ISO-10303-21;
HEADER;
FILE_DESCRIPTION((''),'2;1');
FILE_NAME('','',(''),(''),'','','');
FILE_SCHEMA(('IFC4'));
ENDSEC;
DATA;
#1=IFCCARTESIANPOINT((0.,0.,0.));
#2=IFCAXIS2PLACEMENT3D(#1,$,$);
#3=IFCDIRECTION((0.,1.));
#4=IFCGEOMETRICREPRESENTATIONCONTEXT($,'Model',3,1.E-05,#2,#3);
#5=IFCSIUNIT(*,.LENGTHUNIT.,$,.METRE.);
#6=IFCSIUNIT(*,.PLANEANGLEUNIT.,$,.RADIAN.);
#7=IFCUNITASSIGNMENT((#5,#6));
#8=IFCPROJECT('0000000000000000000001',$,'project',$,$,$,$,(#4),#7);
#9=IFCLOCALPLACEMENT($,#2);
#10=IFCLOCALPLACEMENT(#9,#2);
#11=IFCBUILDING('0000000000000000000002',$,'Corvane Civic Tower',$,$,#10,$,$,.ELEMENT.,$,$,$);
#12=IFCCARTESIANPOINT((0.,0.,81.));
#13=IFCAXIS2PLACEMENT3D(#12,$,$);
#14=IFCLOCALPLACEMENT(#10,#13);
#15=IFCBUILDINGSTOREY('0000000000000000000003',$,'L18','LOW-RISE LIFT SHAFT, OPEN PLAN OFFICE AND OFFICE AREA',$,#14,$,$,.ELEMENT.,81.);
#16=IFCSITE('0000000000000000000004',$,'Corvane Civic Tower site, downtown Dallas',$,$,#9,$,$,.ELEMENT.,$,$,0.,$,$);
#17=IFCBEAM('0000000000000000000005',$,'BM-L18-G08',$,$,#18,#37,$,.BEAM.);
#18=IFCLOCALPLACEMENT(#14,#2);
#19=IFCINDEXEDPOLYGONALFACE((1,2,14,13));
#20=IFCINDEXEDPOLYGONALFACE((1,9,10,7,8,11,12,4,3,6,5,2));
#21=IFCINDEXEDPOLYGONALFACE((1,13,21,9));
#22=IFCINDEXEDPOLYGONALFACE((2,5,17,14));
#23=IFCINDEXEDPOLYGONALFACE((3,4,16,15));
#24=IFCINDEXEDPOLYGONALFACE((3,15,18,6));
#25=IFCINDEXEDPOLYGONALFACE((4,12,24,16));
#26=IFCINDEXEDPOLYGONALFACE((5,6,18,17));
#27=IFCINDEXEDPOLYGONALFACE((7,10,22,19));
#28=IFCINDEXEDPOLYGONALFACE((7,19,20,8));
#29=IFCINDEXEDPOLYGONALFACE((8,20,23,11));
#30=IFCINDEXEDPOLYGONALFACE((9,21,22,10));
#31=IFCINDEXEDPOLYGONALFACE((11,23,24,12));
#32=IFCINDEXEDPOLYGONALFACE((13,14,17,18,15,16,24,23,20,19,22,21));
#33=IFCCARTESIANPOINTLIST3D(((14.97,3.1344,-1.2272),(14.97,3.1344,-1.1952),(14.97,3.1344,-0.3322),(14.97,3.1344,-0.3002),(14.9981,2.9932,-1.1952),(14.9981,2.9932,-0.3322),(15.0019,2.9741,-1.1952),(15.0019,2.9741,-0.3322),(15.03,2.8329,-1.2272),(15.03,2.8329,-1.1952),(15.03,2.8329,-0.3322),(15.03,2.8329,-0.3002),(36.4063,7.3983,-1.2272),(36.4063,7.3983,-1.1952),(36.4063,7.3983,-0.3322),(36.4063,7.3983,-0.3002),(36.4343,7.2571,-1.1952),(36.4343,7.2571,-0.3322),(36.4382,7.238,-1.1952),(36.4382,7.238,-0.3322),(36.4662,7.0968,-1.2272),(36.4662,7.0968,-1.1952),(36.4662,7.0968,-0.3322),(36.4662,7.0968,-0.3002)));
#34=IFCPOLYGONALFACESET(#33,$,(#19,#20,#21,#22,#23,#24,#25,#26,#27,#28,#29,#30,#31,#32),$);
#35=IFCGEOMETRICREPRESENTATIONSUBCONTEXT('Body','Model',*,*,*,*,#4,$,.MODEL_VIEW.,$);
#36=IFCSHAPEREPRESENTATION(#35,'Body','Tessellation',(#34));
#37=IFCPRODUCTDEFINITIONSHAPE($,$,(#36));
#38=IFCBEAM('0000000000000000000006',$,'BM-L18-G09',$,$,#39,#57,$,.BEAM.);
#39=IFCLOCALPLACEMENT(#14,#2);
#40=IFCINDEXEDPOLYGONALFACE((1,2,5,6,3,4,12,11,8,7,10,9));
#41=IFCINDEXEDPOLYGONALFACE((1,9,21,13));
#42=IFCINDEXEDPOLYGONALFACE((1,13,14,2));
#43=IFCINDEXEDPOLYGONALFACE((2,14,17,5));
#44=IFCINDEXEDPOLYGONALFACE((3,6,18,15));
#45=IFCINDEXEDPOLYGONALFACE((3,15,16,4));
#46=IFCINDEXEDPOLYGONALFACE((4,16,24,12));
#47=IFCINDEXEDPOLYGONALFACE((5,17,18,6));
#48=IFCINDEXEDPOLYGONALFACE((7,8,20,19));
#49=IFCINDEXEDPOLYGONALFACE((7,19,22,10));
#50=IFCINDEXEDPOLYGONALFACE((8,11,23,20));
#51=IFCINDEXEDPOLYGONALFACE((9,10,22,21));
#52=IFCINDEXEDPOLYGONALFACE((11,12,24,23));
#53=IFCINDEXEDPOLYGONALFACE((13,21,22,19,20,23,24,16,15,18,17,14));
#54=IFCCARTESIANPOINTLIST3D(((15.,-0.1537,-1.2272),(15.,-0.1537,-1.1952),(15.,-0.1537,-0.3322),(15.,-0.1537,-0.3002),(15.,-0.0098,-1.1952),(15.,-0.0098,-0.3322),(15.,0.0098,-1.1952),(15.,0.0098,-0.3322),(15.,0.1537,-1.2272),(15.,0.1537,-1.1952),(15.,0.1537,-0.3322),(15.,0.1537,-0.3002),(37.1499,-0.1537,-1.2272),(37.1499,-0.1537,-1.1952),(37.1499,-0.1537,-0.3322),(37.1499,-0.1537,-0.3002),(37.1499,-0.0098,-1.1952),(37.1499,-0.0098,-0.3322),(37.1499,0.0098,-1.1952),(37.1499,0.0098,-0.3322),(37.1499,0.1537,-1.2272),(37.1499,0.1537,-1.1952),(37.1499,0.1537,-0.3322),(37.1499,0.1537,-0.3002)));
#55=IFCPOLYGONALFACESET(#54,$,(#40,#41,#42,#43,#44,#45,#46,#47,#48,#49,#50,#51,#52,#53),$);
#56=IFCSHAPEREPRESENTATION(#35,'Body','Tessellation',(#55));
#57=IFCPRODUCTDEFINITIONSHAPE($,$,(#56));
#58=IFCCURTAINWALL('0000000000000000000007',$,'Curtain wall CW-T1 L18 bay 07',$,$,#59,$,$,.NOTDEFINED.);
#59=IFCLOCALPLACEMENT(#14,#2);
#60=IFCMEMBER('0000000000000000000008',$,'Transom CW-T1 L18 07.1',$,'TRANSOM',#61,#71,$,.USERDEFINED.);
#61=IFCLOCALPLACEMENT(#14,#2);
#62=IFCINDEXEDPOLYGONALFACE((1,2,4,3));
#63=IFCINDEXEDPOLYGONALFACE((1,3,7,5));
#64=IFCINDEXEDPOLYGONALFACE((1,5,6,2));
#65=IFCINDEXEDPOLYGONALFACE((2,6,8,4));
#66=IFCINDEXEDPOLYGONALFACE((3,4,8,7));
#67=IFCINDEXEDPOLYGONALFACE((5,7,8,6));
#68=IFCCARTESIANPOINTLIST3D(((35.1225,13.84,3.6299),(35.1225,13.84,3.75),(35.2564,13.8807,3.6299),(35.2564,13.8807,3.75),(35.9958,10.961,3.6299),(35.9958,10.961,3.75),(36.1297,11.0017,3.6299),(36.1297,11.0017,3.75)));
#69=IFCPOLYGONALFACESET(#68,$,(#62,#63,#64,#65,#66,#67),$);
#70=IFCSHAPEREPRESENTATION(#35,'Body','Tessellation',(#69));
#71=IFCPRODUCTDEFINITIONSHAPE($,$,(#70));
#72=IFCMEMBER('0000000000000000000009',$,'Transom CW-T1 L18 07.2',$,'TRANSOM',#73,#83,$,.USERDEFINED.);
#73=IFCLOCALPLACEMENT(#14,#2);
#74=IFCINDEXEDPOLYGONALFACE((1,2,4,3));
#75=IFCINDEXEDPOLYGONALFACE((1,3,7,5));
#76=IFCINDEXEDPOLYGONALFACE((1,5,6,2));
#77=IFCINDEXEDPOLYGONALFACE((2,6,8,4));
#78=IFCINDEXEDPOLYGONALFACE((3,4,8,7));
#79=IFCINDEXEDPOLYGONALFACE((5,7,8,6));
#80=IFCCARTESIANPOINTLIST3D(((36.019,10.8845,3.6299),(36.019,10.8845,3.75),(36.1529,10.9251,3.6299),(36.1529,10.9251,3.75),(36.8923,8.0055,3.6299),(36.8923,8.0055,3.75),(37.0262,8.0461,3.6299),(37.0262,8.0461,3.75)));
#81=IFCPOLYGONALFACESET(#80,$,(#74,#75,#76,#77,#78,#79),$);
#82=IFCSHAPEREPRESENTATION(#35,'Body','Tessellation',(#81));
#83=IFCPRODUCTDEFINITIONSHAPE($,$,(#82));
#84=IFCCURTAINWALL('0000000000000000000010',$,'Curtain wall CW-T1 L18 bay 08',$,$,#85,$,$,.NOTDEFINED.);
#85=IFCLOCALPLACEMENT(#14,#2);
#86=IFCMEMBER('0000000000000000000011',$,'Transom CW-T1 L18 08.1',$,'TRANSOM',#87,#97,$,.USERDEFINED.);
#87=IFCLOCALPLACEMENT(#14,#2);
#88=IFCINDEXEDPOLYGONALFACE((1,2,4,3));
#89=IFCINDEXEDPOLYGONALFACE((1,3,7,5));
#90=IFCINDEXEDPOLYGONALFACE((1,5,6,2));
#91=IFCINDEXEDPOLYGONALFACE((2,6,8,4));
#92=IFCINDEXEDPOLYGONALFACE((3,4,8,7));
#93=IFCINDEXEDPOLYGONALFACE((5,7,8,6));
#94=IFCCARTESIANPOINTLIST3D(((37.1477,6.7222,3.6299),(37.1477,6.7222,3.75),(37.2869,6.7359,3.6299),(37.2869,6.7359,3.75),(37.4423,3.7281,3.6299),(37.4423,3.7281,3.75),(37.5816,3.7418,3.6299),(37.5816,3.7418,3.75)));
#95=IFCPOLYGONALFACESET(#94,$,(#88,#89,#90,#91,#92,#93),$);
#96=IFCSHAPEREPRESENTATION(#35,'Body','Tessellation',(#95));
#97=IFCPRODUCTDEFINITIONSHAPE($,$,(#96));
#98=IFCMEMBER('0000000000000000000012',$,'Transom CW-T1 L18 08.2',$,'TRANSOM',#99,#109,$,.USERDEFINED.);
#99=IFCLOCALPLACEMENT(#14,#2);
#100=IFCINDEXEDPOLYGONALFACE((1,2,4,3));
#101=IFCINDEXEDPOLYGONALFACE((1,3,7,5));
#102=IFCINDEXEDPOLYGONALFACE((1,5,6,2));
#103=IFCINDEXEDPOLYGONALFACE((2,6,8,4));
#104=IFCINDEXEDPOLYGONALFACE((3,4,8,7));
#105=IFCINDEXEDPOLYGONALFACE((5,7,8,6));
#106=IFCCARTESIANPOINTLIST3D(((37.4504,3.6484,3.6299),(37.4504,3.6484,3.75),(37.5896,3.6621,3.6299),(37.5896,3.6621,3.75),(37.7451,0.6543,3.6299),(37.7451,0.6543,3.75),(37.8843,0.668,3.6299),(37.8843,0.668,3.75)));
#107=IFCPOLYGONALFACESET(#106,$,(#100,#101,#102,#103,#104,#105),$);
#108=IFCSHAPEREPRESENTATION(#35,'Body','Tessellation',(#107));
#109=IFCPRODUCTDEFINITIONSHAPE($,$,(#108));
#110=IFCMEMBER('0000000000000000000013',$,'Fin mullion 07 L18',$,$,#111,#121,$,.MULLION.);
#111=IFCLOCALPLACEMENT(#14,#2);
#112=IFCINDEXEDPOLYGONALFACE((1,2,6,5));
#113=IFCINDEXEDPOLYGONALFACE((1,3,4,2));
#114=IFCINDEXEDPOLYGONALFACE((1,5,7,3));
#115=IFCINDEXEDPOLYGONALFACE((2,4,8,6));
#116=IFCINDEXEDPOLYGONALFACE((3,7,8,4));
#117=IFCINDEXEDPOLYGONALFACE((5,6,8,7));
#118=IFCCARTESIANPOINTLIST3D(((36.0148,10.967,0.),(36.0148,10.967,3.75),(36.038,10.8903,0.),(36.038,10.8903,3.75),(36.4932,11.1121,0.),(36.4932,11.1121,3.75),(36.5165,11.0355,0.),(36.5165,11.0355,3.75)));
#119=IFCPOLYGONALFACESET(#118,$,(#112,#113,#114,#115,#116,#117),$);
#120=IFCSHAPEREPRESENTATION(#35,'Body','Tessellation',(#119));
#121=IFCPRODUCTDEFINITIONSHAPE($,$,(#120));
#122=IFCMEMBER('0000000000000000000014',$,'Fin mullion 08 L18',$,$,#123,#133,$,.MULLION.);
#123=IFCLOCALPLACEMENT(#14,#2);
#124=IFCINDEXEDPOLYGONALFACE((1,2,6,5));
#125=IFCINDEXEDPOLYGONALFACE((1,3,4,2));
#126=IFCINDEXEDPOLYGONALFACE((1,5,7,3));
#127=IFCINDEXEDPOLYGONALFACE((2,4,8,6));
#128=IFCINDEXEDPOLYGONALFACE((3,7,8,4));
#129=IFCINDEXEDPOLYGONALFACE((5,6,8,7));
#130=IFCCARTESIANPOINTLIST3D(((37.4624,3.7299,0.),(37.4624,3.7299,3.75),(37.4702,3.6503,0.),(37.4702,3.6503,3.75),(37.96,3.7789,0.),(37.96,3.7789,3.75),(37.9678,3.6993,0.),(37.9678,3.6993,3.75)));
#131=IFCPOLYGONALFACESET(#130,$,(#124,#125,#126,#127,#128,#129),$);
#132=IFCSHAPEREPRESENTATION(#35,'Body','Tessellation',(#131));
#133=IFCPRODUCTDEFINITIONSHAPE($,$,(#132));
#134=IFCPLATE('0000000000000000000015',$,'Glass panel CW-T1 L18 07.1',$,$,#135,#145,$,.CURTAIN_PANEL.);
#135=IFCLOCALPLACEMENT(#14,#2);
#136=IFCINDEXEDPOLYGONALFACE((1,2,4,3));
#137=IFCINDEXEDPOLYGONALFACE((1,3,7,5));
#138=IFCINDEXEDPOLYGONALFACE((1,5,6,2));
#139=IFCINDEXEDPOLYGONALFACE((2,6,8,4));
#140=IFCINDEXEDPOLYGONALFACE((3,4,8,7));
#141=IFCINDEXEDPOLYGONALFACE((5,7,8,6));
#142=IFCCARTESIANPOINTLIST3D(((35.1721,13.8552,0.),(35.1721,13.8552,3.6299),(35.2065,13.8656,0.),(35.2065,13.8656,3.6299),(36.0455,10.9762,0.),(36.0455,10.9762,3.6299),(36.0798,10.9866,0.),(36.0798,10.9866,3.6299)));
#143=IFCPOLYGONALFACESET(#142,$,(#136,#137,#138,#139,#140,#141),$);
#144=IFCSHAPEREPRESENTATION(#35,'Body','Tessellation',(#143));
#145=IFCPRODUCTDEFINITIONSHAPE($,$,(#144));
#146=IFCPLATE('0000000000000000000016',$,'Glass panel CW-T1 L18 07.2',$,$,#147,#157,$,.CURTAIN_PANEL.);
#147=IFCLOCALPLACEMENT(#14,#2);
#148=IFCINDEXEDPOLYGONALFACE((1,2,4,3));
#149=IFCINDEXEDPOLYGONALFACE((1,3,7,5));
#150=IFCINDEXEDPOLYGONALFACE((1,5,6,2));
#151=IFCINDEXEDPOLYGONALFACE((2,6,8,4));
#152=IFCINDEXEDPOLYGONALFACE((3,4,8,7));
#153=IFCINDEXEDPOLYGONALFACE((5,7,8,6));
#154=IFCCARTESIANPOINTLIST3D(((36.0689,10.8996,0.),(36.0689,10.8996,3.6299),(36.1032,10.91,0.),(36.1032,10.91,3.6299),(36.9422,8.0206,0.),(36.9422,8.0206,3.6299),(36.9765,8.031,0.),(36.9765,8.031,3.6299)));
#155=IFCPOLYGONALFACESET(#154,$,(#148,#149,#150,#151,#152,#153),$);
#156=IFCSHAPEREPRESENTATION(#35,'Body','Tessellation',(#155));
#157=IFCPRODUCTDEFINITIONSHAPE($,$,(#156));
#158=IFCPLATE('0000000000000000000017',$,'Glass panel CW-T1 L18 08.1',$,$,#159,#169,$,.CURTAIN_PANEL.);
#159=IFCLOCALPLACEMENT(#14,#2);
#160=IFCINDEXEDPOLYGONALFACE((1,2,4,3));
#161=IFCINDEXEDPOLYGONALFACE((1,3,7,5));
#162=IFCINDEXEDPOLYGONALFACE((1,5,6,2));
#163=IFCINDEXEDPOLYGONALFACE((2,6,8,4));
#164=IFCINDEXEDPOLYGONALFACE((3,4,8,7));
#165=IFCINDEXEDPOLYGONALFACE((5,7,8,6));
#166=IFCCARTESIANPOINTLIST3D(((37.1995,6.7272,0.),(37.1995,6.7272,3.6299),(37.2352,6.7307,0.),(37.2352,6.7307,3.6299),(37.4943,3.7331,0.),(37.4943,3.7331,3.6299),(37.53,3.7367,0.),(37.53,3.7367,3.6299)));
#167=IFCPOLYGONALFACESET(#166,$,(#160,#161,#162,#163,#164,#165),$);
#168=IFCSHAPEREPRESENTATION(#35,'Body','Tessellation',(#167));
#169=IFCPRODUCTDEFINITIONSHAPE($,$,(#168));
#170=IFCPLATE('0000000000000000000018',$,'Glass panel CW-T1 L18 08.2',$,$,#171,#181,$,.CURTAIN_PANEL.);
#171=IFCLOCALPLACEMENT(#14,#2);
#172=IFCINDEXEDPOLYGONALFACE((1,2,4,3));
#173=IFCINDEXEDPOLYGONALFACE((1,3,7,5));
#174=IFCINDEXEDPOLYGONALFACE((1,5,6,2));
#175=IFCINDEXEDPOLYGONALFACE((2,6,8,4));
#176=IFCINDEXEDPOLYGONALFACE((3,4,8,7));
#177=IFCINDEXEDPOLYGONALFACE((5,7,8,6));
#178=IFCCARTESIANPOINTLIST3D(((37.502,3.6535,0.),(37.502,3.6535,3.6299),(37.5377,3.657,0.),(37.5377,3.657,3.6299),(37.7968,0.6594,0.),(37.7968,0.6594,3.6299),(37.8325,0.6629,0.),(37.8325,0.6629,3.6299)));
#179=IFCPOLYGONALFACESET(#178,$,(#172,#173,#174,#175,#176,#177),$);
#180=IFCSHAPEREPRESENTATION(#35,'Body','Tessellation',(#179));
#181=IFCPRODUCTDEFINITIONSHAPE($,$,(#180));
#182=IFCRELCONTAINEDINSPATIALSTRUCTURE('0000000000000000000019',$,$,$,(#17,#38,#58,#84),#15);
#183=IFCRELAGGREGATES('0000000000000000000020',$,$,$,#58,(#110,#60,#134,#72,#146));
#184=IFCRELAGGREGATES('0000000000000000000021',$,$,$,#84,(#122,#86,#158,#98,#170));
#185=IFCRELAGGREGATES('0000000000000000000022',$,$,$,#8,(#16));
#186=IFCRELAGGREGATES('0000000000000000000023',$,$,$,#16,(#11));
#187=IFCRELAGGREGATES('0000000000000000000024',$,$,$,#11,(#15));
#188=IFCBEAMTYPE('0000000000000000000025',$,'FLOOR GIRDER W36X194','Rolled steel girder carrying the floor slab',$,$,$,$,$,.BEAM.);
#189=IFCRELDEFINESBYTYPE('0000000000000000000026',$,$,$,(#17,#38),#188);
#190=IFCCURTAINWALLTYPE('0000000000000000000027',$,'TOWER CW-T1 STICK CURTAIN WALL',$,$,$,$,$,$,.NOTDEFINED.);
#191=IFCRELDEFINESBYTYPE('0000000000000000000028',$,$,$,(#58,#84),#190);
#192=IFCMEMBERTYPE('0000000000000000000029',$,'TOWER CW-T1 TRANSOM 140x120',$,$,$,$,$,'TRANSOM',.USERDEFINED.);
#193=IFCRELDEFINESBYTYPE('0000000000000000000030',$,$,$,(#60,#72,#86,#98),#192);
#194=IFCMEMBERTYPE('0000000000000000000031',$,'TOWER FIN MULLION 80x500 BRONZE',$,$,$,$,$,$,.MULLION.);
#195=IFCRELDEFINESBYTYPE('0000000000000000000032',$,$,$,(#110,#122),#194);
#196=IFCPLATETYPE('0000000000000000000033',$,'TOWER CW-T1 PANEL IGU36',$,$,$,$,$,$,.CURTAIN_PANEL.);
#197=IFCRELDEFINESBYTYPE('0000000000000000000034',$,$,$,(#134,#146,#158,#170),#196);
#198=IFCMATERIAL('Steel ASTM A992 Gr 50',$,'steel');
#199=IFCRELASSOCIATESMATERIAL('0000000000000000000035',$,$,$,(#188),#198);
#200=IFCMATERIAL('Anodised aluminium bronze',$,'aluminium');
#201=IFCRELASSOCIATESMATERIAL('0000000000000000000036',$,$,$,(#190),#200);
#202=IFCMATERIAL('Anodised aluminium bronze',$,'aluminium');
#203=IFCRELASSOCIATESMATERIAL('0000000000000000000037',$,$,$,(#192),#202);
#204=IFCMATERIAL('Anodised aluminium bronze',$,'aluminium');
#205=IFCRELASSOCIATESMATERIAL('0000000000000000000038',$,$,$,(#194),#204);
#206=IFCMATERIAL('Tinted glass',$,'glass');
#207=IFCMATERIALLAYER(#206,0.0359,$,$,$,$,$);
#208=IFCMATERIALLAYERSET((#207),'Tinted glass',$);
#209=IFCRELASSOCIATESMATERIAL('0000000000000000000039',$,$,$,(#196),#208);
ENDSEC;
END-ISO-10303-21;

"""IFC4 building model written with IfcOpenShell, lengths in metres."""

from ifc_helpers import new_model, si_unit, direction, frame, origin, origin_2d, place, context, subcontext, project, spatial, rectangle, i_section, extrude, material, layer, layer_set, material_profile, profile_set, type_object, element, aggregate, save


model = new_model("IFC4")

# Units and contexts
model_context = context("Model", 3, precision=1e-05, world=origin(), true_north=direction((0.0, 1.0)))
body_context = subcontext(model_context, "Body", "Model", "MODEL_VIEW")
ifc_project = project(units=[si_unit("LENGTHUNIT", "METRE"), si_unit("PLANEANGLEUNIT", "RADIAN")], contexts=[model_context])

# Site, building, storey
site_placement = place(None, origin())
site = spatial("IfcSite", under=ifc_project, at=site_placement, Name="Corvane Civic Tower site, downtown Dallas", CompositionType="ELEMENT", RefElevation=0.0)
building_placement = place(site_placement, origin())
building = spatial("IfcBuilding", under=site, at=building_placement, Name="Corvane Civic Tower", CompositionType="ELEMENT")
storey_placement = place(building_placement, frame((0.0, 0.0, 81.0)))
storey = spatial("IfcBuildingStorey", under=building, at=storey_placement, Name="L18", Description="LOW-RISE LIFT SHAFT, OPEN PLAN OFFICE AND OFFICE AREA", CompositionType="ELEMENT", Elevation=81.0)

# Beams
ifc_material_1 = material(Name="Steel ASTM A992 Gr 50", Category="steel")
ifc_material_profile_1 = material_profile(ifc_material_1, i_section(OverallWidth=0.3074, OverallDepth=0.927, WebThickness=0.0195, FlangeThickness=0.032, at=origin_2d()), Name="W36X194")
ifc_profile_set_1 = profile_set([ifc_material_profile_1], Name="Steel ASTM A992 Gr 50")
beam_type_1 = type_object("IfcBeamType", Name="FLOOR GIRDER W36X194", Description="Rolled steel girder carrying the floor slab", PredefinedType="BEAM", material=ifc_profile_set_1)
beam_1_placement = place(storey_placement, frame((15.0, 2.9836, -0.7637), z_axis=(0.980785, 0.195089, 0.0), x_axis=(-0.195089, 0.980785, 0.0)))
element("IfcBeam", 1, at=beam_1_placement, inside=storey, type_object=beam_type_1, Name="BM-L18-G08", PredefinedType="BEAM", context=body_context, shape_type="SweptSolid", body=[
    extrude(i_section(OverallWidth=0.3074, OverallDepth=0.927, WebThickness=0.0195, FlangeThickness=0.032, at=origin_2d()), origin(), (0.0, 0.0, 1.0), 21.8562),
])
beam_2_placement = place(storey_placement, frame((15.0, 0.0, -0.7637), z_axis=(1.0, 0.0, 0.0), x_axis=(0.0, 1.0, 0.0)))
element("IfcBeam", 2, at=beam_2_placement, inside=storey, type_object=beam_type_1, Name="BM-L18-G09", PredefinedType="BEAM", context=body_context, shape_type="SweptSolid", body=[
    extrude(i_section(OverallWidth=0.3074, OverallDepth=0.927, WebThickness=0.0195, FlangeThickness=0.032, at=origin_2d()), origin(), (0.0, 0.0, 1.0), 22.1499),
])

# Curtain walls, members
ifc_material_2 = material(Name="Anodised aluminium bronze", Category="aluminium")
curtain_wall_type = type_object("IfcCurtainWallType", Name="TOWER CW-T1 STICK CURTAIN WALL", PredefinedType="NOTDEFINED", material=ifc_material_2)
curtain_wall_1_placement = place(storey_placement, origin())
curtain_wall_1 = element("IfcCurtainWall", 3, at=curtain_wall_1_placement, inside=storey, type_object=curtain_wall_type, Name="Curtain wall CW-T1 L18 bay 07", PredefinedType="NOTDEFINED")
ifc_material_3 = material(Name="Anodised aluminium bronze", Category="aluminium")
ifc_material_profile_2 = material_profile(ifc_material_3, rectangle(XDim=0.1399, YDim=0.1201, at=origin_2d()), Name="TOWER CW-T1 TRANSOM 140x120")
ifc_profile_set_2 = profile_set([ifc_material_profile_2], Name="Anodised aluminium bronze")
member_type_1 = type_object("IfcMemberType", Name="TOWER CW-T1 TRANSOM 140x120", ElementType="TRANSOM", PredefinedType="USERDEFINED", material=ifc_profile_set_2)
member_1_placement = place(storey_placement, frame((35.1895, 13.8604, 3.6899), z_axis=(0.29028, -0.956942, 0.0), x_axis=(0.956942, 0.29028, 0.0)))
member_1 = element("IfcMember", 4, at=member_1_placement, type_object=member_type_1, Name="Transom CW-T1 L18 07.1", ObjectType="TRANSOM", PredefinedType="USERDEFINED", context=body_context, shape_type="SweptSolid", body=[
    extrude(rectangle(XDim=0.1399, YDim=0.1201, at=origin_2d()), origin(), (0.0, 0.0, 1.0), 3.0085),
])
member_2_placement = place(storey_placement, frame((36.0859, 10.9048, 3.6899), z_axis=(0.29028, -0.956942, 0.0), x_axis=(0.956942, 0.29028, 0.0)))
member_2 = element("IfcMember", 5, at=member_2_placement, type_object=member_type_1, Name="Transom CW-T1 L18 07.2", ObjectType="TRANSOM", PredefinedType="USERDEFINED", context=body_context, shape_type="SweptSolid", body=[
    extrude(rectangle(XDim=0.1399, YDim=0.1201, at=origin_2d()), origin(), (0.0, 0.0, 1.0), 3.0085),
])
curtain_wall_2_placement = place(storey_placement, origin())
curtain_wall_2 = element("IfcCurtainWall", 6, at=curtain_wall_2_placement, inside=storey, type_object=curtain_wall_type, Name="Curtain wall CW-T1 L18 bay 08", PredefinedType="NOTDEFINED")
member_3_placement = place(storey_placement, frame((37.2173, 6.729, 3.6899), z_axis=(0.097945, -0.995192, 0.0), x_axis=(0.995192, 0.097945, 0.0)))
member_3 = element("IfcMember", 7, at=member_3_placement, type_object=member_type_1, Name="Transom CW-T1 L18 08.1", ObjectType="TRANSOM", PredefinedType="USERDEFINED", context=body_context, shape_type="SweptSolid", body=[
    extrude(rectangle(XDim=0.1399, YDim=0.1201, at=origin_2d()), origin(), (0.0, 0.0, 1.0), 3.0085),
])
member_4_placement = place(storey_placement, frame((37.52, 3.6553, 3.6899), z_axis=(0.097945, -0.995192, 0.0), x_axis=(0.995192, 0.097945, 0.0)))
member_4 = element("IfcMember", 8, at=member_4_placement, type_object=member_type_1, Name="Transom CW-T1 L18 08.2", ObjectType="TRANSOM", PredefinedType="USERDEFINED", context=body_context, shape_type="SweptSolid", body=[
    extrude(rectangle(XDim=0.1399, YDim=0.1201, at=origin_2d()), origin(), (0.0, 0.0, 1.0), 3.0085),
])

# Members
ifc_material_4 = material(Name="Anodised aluminium bronze", Category="aluminium")
ifc_material_profile_3 = material_profile(ifc_material_4, rectangle(XDim=0.0801, YDim=0.5, at=origin_2d()), Name="TOWER FIN MULLION 80x500 BRONZE")
ifc_profile_set_3 = profile_set([ifc_material_profile_3], Name="Anodised aluminium bronze")
member_type_2 = type_object("IfcMemberType", Name="TOWER FIN MULLION 80x500 BRONZE", PredefinedType="MULLION", material=ifc_profile_set_3)
member_5_placement = place(storey_placement, frame((36.2656, 11.0012, 0.0), z_axis=(0.0, 0.0, 1.0), x_axis=(0.290278, -0.956942, 0.0)))
member_5 = element("IfcMember", 9, at=member_5_placement, type_object=member_type_2, Name="Fin mullion 07 L18", PredefinedType="MULLION", context=body_context, shape_type="SweptSolid", body=[
    extrude(rectangle(XDim=0.0801, YDim=0.5, at=origin_2d()), origin(), (0.0, 0.0, 1.0), 3.75),
])
member_6_placement = place(storey_placement, frame((37.7151, 3.7146, 0.0), z_axis=(0.0, 0.0, 1.0), x_axis=(0.098006, -0.995186, 0.0)))
member_6 = element("IfcMember", 10, at=member_6_placement, type_object=member_type_2, Name="Fin mullion 08 L18", PredefinedType="MULLION", context=body_context, shape_type="SweptSolid", body=[
    extrude(rectangle(XDim=0.0801, YDim=0.5, at=origin_2d()), origin(), (0.0, 0.0, 1.0), 3.75),
])

# Plates
ifc_material_5 = material(Name="Tinted glass", Category="glass")
ifc_layer_1 = layer(ifc_material_5, 0.0359)
ifc_layer_set_1 = layer_set([ifc_layer_1], Name="Tinted glass")
plate_type = type_object("IfcPlateType", Name="TOWER CW-T1 PANEL IGU36", PredefinedType="CURTAIN_PANEL", material=ifc_layer_set_1)
plate_1_placement = place(storey_placement, frame((35.626, 12.4209, 0.0), z_axis=(0.0, 0.0, 1.0), x_axis=(0.290278, -0.956942, 0.0)))
plate_1 = element("IfcPlate", 11, at=plate_1_placement, type_object=plate_type, Name="Glass panel CW-T1 L18 07.1", PredefinedType="CURTAIN_PANEL", context=body_context, shape_type="SweptSolid", body=[
    extrude(rectangle(XDim=3.0085, YDim=0.0359, at=origin_2d()), origin(), (0.0, 0.0, 1.0), 3.6299),
])
plate_2_placement = place(storey_placement, frame((36.5227, 9.4653, 0.0), z_axis=(0.0, 0.0, 1.0), x_axis=(0.290278, -0.956942, 0.0)))
plate_2 = element("IfcPlate", 12, at=plate_2_placement, type_object=plate_type, Name="Glass panel CW-T1 L18 07.2", PredefinedType="CURTAIN_PANEL", context=body_context, shape_type="SweptSolid", body=[
    extrude(rectangle(XDim=3.0085, YDim=0.0359, at=origin_2d()), origin(), (0.0, 0.0, 1.0), 3.6299),
])
aggregate(curtain_wall_1, [member_5, member_1, plate_1, member_2, plate_2])
plate_3_placement = place(storey_placement, frame((37.3647, 5.2319, 0.0), z_axis=(0.0, 0.0, 1.0), x_axis=(0.098006, -0.995186, 0.0)))
plate_3 = element("IfcPlate", 13, at=plate_3_placement, type_object=plate_type, Name="Glass panel CW-T1 L18 08.1", PredefinedType="CURTAIN_PANEL", context=body_context, shape_type="SweptSolid", body=[
    extrude(rectangle(XDim=3.0085, YDim=0.0359, at=origin_2d()), origin(), (0.0, 0.0, 1.0), 3.6299),
])
plate_4_placement = place(storey_placement, frame((37.6672, 2.1582, 0.0), z_axis=(0.0, 0.0, 1.0), x_axis=(0.098006, -0.995186, 0.0)))
plate_4 = element("IfcPlate", 14, at=plate_4_placement, type_object=plate_type, Name="Glass panel CW-T1 L18 08.2", PredefinedType="CURTAIN_PANEL", context=body_context, shape_type="SweptSolid", body=[
    extrude(rectangle(XDim=3.0085, YDim=0.0359, at=origin_2d()), origin(), (0.0, 0.0, 1.0), 3.6299),
])
aggregate(curtain_wall_2, [member_6, member_3, plate_3, member_4, plate_4])

save(model, "model.ifc")
